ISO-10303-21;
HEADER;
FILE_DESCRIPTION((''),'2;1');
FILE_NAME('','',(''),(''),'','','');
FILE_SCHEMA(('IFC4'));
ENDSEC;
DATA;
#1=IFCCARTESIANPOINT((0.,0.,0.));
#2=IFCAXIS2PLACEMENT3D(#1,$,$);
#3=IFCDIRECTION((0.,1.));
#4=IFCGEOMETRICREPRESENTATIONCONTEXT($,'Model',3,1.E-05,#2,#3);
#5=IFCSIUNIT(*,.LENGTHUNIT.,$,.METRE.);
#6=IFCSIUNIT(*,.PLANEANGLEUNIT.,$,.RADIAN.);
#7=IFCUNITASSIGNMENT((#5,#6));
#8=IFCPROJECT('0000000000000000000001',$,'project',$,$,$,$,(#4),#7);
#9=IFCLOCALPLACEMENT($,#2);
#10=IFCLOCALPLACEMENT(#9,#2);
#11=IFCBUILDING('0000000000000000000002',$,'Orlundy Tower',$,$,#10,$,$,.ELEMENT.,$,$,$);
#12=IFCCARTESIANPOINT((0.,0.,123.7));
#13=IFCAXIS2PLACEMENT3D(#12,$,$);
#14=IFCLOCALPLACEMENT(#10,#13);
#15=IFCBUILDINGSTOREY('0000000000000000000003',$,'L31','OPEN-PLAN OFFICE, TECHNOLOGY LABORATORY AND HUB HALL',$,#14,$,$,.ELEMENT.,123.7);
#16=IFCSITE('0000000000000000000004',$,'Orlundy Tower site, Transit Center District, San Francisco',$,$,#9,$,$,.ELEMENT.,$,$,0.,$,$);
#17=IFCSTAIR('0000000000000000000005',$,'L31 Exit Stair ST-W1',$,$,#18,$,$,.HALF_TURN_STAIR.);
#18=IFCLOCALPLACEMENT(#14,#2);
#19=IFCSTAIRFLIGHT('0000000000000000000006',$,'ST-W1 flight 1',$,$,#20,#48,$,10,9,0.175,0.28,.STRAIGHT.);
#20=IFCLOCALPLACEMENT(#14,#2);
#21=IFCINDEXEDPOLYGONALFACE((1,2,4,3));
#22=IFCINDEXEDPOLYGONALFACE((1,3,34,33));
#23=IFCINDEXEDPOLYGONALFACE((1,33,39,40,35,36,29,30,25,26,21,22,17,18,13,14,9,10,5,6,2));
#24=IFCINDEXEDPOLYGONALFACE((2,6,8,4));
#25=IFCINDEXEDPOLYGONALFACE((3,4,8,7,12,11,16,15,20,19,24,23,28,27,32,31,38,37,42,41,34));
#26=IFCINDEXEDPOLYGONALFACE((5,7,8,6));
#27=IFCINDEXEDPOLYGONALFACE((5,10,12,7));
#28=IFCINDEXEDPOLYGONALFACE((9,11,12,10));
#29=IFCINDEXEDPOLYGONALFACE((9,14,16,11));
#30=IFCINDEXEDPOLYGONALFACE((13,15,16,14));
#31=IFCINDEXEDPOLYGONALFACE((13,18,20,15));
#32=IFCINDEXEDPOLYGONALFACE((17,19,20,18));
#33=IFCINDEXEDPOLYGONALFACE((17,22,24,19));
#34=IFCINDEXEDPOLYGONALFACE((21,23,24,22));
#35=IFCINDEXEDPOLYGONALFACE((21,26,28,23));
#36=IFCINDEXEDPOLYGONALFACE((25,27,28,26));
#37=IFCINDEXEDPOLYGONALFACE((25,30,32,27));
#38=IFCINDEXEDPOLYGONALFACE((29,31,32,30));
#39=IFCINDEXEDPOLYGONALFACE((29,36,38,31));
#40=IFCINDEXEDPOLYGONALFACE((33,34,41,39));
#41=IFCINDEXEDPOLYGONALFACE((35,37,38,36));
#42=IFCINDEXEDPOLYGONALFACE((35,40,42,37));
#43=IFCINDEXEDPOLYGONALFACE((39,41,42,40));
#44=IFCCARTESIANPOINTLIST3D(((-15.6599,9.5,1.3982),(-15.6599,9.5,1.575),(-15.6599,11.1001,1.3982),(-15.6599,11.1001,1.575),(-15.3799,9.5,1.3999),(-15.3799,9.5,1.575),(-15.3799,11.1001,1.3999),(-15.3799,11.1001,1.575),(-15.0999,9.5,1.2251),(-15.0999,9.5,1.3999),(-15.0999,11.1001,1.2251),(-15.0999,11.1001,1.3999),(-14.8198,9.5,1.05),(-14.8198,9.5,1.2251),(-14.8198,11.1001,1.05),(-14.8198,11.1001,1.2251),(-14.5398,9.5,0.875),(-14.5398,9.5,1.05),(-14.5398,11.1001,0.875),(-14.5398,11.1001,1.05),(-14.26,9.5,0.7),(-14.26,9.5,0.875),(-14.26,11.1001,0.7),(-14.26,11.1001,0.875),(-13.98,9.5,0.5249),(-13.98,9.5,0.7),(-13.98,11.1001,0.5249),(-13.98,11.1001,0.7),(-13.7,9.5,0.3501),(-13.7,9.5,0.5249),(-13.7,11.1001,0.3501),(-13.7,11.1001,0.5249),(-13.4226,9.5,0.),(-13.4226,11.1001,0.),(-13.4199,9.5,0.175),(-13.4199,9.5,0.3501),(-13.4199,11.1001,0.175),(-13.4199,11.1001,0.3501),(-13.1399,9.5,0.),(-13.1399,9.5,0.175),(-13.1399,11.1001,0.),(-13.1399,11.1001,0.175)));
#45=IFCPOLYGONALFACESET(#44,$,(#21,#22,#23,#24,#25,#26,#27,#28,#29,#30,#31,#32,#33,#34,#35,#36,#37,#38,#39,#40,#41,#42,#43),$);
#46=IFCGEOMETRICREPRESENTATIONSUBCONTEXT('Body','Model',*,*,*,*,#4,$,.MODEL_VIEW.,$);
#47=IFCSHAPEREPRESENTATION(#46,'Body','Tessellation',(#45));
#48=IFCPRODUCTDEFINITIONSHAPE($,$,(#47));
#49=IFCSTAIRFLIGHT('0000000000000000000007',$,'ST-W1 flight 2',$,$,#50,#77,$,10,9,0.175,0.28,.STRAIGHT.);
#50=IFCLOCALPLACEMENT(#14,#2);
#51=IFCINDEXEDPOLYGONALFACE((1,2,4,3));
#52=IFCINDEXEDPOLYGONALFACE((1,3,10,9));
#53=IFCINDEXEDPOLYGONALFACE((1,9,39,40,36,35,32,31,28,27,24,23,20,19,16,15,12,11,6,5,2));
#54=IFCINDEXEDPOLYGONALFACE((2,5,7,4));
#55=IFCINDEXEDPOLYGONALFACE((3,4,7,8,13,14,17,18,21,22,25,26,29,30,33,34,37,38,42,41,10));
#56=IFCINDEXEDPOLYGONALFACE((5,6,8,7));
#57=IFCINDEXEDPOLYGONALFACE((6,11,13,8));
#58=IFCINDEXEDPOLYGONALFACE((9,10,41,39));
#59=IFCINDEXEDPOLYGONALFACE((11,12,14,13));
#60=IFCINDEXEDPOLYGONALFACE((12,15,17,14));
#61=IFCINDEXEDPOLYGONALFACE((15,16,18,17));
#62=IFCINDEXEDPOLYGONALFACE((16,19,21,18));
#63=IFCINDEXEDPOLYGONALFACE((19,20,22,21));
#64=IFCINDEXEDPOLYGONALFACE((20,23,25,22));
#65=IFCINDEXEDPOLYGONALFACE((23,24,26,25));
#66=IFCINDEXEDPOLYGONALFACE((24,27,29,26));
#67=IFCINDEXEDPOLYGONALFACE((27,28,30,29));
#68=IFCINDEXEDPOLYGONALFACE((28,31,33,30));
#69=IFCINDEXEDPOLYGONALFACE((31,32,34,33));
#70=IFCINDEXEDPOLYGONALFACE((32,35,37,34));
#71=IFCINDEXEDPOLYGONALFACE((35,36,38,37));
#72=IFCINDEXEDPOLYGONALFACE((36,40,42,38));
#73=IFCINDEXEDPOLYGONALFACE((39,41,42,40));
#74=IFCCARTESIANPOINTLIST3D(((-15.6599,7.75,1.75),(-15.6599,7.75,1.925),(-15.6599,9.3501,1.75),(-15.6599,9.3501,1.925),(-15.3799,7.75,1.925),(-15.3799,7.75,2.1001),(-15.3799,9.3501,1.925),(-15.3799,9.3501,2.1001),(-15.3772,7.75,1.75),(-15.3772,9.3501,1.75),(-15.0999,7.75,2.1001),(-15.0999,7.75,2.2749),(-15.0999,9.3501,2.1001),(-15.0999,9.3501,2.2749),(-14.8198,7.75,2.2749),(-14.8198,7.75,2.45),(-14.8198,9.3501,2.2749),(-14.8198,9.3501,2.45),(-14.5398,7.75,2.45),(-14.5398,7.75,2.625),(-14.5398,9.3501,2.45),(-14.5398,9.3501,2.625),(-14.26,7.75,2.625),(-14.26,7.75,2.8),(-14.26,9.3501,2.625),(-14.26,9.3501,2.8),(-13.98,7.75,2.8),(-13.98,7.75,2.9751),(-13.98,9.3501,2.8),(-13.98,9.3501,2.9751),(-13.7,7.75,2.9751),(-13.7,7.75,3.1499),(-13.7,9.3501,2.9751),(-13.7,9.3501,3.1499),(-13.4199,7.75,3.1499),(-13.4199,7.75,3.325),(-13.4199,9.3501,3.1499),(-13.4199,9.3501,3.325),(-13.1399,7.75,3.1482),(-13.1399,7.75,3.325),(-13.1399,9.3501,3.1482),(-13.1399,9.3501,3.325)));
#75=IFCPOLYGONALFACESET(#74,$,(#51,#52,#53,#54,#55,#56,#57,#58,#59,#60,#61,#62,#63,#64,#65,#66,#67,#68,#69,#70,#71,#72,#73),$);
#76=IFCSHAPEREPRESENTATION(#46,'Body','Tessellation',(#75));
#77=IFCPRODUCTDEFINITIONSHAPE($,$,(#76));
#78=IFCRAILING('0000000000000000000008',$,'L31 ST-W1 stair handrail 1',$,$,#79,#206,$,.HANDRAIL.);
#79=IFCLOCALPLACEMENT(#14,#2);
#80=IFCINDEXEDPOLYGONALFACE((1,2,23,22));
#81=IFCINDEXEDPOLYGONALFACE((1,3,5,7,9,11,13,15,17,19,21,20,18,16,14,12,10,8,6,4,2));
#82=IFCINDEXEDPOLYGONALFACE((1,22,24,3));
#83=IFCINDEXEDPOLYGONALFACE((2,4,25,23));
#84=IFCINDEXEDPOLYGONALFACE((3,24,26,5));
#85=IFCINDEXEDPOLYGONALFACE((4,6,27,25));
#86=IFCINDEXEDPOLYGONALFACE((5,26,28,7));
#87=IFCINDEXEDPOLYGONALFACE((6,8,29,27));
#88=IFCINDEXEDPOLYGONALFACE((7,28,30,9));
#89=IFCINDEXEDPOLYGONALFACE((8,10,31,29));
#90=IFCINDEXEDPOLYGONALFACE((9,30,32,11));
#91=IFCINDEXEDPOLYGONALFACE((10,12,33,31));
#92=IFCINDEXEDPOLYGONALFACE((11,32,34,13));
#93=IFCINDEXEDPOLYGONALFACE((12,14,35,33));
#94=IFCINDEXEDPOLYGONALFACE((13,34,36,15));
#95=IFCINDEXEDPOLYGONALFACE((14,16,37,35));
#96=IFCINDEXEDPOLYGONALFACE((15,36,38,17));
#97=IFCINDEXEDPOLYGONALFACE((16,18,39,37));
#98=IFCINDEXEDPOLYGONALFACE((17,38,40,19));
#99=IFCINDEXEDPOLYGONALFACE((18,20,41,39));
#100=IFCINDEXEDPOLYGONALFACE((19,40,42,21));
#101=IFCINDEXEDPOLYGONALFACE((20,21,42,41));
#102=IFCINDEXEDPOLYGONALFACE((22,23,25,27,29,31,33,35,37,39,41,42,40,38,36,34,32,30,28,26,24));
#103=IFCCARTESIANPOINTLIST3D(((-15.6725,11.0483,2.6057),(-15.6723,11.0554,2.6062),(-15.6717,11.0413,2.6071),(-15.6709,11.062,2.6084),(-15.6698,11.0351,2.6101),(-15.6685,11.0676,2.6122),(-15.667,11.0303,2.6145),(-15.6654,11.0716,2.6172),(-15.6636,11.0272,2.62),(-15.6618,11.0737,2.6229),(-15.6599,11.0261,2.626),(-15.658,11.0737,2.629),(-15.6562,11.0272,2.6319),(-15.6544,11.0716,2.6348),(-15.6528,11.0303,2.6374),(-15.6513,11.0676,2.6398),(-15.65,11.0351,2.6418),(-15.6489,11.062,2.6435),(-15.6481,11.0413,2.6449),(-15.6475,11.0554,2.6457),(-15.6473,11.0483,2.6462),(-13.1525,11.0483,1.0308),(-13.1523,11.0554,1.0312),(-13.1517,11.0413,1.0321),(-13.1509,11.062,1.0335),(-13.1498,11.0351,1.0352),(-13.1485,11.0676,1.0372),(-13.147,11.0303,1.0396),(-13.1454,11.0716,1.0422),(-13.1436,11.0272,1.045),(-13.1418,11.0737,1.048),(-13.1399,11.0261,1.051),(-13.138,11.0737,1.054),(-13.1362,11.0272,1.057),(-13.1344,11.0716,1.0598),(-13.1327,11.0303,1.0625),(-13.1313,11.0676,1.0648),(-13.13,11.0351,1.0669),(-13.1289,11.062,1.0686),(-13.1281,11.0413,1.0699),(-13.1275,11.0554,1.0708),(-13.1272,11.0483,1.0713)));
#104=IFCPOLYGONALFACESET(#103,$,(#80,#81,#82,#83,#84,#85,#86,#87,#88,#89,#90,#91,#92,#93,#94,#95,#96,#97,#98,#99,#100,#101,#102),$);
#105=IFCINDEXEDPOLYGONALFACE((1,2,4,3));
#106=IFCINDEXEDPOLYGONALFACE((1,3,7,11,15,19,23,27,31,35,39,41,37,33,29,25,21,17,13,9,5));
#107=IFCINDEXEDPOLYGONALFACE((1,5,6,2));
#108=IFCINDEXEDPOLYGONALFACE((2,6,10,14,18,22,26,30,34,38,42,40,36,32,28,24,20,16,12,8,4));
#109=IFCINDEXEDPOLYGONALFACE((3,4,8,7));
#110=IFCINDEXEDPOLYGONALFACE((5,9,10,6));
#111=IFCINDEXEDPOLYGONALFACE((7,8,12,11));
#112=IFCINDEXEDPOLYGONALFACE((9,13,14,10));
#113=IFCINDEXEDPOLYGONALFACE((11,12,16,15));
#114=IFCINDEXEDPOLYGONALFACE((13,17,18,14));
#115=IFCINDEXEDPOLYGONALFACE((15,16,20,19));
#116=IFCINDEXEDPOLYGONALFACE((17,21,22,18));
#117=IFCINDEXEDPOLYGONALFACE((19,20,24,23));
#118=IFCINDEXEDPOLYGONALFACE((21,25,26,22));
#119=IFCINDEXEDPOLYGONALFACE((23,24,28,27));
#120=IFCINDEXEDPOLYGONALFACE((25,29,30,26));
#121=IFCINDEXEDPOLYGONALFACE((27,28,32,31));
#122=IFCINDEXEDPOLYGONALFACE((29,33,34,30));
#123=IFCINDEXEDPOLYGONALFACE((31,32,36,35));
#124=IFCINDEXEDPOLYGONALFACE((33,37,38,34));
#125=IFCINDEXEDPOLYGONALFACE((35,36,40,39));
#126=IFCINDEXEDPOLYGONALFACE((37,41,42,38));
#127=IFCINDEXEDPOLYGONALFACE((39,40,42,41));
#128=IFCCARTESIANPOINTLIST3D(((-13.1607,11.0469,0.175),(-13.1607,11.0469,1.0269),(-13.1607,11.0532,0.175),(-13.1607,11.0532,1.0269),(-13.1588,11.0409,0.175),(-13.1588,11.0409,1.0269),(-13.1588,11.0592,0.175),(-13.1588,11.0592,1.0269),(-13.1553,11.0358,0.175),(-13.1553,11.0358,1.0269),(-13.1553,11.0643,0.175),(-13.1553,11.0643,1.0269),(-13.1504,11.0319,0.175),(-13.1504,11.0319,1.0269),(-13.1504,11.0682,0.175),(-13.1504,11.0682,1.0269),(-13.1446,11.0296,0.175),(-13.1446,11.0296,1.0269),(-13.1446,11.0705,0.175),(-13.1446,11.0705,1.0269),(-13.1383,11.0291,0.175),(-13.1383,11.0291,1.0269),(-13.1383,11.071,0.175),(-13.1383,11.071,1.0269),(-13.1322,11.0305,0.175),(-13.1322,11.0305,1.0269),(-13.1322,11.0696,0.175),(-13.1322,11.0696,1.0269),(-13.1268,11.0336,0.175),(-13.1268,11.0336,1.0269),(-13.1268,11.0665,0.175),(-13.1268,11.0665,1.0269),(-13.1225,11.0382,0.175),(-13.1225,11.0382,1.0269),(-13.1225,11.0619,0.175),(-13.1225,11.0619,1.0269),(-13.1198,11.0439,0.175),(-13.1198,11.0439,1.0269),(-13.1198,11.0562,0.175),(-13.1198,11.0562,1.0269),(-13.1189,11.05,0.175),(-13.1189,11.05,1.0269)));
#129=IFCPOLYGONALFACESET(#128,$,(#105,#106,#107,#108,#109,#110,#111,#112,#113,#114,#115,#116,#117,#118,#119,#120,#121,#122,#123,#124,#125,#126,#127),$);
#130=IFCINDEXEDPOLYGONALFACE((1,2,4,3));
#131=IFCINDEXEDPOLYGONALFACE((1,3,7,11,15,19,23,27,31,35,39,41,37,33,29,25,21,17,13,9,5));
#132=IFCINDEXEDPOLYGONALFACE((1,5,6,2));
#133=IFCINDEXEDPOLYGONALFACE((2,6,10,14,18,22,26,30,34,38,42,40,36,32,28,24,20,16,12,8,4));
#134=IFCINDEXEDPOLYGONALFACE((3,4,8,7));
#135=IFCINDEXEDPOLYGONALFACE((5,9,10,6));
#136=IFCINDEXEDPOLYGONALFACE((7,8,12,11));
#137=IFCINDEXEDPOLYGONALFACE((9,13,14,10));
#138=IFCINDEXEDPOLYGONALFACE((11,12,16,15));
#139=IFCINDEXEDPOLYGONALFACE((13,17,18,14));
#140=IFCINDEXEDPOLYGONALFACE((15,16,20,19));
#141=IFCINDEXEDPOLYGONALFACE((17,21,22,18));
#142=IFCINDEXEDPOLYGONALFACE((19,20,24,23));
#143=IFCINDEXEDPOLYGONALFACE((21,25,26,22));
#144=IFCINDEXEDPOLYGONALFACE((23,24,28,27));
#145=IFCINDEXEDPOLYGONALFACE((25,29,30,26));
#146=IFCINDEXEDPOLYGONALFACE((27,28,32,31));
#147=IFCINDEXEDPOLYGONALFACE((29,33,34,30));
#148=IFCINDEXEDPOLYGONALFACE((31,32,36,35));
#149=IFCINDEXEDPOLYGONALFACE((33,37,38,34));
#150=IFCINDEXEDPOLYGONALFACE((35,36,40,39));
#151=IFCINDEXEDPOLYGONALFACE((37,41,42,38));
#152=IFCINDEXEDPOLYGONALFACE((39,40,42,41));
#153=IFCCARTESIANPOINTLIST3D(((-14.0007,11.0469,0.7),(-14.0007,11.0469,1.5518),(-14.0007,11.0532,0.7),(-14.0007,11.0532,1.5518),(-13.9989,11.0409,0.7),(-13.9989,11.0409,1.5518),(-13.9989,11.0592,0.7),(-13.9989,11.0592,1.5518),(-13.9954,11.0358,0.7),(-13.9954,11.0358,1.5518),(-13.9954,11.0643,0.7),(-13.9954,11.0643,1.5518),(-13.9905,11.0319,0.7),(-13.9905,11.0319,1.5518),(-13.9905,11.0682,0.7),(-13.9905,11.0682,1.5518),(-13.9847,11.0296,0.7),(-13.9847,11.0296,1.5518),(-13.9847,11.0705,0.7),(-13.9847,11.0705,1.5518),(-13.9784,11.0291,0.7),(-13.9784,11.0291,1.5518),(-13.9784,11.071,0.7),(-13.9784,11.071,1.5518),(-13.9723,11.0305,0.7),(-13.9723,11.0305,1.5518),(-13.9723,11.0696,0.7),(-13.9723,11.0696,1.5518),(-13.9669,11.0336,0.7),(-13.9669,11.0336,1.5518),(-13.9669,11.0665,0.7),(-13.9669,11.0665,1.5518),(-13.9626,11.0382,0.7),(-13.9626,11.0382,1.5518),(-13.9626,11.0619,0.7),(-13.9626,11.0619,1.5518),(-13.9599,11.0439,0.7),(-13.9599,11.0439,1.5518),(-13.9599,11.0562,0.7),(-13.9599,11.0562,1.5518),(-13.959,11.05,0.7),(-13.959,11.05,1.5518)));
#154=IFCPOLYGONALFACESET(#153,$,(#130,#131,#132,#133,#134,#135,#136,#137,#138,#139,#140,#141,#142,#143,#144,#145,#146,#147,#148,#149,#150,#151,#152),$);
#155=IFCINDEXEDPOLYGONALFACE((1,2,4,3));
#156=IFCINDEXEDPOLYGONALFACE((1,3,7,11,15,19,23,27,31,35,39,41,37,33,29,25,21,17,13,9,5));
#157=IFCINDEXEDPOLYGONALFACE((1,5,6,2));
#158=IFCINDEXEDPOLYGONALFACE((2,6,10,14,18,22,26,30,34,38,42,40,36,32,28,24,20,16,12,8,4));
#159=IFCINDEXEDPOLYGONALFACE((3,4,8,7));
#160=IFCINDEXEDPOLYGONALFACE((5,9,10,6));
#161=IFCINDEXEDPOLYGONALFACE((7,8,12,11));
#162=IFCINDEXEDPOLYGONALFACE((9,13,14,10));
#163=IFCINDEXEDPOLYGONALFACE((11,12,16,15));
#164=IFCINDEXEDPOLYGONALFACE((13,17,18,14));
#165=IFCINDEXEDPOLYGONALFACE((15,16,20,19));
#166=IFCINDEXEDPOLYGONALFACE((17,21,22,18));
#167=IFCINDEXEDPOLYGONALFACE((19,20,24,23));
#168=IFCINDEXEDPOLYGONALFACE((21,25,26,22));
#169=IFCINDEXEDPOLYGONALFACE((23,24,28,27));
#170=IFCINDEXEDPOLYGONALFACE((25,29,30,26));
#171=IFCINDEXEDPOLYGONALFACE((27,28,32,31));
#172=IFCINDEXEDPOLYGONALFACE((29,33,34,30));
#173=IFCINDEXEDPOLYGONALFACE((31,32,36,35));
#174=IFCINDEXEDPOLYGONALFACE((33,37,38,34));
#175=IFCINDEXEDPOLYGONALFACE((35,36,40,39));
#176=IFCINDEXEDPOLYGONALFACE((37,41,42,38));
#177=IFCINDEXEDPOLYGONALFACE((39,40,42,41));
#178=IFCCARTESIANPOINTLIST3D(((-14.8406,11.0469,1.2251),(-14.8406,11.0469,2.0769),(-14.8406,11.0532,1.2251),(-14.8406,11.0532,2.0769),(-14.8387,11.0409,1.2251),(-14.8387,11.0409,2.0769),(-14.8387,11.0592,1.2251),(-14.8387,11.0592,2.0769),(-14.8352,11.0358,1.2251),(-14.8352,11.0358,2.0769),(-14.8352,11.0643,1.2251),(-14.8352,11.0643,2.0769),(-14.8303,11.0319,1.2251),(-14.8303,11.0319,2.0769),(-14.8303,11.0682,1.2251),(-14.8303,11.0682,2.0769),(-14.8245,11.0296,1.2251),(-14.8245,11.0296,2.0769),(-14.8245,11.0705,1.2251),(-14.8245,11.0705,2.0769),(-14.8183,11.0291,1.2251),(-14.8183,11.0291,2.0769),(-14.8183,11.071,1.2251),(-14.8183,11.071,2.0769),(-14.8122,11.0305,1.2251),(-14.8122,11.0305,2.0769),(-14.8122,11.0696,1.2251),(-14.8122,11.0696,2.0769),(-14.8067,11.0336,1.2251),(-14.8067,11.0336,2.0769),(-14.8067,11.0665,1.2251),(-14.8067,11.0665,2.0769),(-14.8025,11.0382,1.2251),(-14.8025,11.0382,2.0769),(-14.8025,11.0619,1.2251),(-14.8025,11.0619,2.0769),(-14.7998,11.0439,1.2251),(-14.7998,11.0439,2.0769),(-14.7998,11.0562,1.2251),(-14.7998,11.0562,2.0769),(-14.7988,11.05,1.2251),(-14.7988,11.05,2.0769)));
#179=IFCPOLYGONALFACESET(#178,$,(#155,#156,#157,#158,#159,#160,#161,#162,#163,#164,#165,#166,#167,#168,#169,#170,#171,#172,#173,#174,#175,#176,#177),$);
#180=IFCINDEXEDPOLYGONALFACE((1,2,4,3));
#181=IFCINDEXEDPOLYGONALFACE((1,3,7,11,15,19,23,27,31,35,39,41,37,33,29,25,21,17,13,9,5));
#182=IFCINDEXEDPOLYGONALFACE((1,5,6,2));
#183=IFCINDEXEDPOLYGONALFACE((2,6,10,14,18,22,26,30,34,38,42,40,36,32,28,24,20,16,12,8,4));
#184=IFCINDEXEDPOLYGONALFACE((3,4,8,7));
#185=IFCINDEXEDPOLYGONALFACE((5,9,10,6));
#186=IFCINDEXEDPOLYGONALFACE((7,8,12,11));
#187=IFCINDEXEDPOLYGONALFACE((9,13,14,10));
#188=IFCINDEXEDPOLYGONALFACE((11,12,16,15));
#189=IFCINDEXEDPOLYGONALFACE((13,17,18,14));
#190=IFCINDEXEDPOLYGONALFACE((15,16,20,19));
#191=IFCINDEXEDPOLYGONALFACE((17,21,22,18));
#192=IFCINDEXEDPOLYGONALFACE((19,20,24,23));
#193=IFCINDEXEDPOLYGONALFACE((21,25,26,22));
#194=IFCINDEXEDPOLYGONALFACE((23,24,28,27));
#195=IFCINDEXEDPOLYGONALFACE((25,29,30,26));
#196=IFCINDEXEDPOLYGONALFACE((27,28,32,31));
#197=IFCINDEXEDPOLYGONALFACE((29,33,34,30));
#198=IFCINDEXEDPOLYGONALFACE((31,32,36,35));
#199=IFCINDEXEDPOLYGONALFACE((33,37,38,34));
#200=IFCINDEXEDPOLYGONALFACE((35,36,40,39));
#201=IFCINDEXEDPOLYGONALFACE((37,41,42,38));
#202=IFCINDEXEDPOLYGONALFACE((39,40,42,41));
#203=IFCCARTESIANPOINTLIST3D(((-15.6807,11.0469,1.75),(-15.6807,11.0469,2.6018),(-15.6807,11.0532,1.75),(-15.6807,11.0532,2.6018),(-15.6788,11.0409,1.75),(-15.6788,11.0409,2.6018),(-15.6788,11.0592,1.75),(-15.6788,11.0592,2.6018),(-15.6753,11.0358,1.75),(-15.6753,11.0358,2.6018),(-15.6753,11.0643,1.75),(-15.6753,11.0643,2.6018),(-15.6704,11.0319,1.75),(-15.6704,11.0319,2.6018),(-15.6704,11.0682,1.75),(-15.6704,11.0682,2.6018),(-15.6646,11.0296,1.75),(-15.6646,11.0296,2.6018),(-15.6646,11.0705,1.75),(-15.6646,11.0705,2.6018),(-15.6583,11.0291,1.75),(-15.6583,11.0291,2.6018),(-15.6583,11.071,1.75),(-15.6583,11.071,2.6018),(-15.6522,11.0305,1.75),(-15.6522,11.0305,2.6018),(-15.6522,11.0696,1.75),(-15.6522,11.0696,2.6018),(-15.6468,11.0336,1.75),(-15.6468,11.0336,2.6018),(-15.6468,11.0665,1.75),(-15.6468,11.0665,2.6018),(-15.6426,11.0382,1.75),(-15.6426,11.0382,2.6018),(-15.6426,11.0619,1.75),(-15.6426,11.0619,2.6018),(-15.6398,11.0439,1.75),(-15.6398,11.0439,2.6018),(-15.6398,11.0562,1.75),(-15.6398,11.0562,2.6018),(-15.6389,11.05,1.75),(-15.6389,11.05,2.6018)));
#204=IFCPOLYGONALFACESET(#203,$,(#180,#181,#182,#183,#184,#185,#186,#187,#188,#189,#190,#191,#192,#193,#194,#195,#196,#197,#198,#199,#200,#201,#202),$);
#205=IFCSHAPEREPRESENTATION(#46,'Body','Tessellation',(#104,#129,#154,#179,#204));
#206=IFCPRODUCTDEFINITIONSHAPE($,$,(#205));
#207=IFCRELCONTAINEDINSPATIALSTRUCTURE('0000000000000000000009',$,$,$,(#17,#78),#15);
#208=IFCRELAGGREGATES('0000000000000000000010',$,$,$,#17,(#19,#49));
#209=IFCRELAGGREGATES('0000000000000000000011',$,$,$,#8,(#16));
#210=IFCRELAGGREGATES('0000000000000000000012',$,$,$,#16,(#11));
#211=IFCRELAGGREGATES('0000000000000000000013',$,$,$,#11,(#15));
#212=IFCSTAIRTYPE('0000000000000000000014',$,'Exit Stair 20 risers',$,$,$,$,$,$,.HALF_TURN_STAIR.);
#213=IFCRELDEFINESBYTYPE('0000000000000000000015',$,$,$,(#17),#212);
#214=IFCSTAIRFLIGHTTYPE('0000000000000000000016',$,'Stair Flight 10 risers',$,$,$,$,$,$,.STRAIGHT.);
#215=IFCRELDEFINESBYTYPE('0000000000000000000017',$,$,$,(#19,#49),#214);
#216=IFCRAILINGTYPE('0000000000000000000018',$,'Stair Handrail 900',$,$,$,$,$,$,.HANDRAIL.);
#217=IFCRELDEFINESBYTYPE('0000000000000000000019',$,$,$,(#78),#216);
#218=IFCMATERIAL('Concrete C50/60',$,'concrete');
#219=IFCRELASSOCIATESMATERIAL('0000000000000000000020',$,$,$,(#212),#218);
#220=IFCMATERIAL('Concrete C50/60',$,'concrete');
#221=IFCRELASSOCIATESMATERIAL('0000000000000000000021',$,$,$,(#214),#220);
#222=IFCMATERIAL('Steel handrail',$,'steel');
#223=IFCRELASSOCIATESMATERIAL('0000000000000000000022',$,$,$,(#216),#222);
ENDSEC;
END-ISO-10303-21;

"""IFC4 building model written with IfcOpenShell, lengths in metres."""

from ifc_helpers import new_model, si_unit, direction, frame, origin, origin_2d, place, context, subcontext, project, spatial, polyline, circle, outline, extrude, material, type_object, element, aggregate, save


model = new_model("IFC4")

# Units and contexts
model_context = context("Model", 3, precision=1e-05, world=origin(), true_north=direction((0.0, 1.0)))
body_context = subcontext(model_context, "Body", "Model", "MODEL_VIEW")
ifc_project = project(units=[si_unit("LENGTHUNIT", "METRE"), si_unit("PLANEANGLEUNIT", "RADIAN")], contexts=[model_context])

# Site, building, storey
site_placement = place(None, origin())
site = spatial("IfcSite", under=ifc_project, at=site_placement, Name="Orlundy Tower site, Transit Center District, San Francisco", CompositionType="ELEMENT", RefElevation=0.0)
building_placement = place(site_placement, origin())
building = spatial("IfcBuilding", under=site, at=building_placement, Name="Orlundy Tower", CompositionType="ELEMENT")
storey_placement = place(building_placement, frame((0.0, 0.0, 123.7)))
storey = spatial("IfcBuildingStorey", under=building, at=storey_placement, Name="L31", Description="OPEN-PLAN OFFICE, TECHNOLOGY LABORATORY AND HUB HALL", CompositionType="ELEMENT", Elevation=123.7)

# Stair, stair flights
ifc_material_1 = material(Name="Concrete C50/60", Category="concrete")
stair_type = type_object("IfcStairType", Name="Exit Stair 20 risers", PredefinedType="HALF_TURN_STAIR", material=ifc_material_1)
stair_placement = place(storey_placement, origin())
stair = element("IfcStair", 1, at=stair_placement, inside=storey, type_object=stair_type, Name="L31 Exit Stair ST-W1", PredefinedType="HALF_TURN_STAIR")
ifc_material_2 = material(Name="Concrete C50/60", Category="concrete")
stair_flight_type = type_object("IfcStairFlightType", Name="Stair Flight 10 risers", PredefinedType="STRAIGHT", material=ifc_material_2)
stair_flight_1_placement = place(storey_placement, frame((-13.1399, 10.3, 0.0), z_axis=(0.0, 0.0, 1.0), x_axis=(-1.0, 0.0, 0.0)))
stair_flight_1 = element("IfcStairFlight", 2, at=stair_flight_1_placement, type_object=stair_flight_type, Name="ST-W1 flight 1", NumberOfRisers=10, NumberOfTreads=9, PredefinedType="STRAIGHT", RiserHeight=0.175, TreadLength=0.28, context=body_context, shape_type="SweptSolid", body=[
    extrude(outline(polyline([(0.0, 0.0), (0.0, 0.175), (0.28, 0.175), (0.28, 0.3501), (0.5601, 0.3501), (0.5601, 0.5249), (0.8401, 0.5249), (0.8401, 0.7), (1.1201, 0.7), (1.1201, 0.875), (1.3999, 0.875), (1.3999, 1.05), (1.6799, 1.05), (1.6799, 1.2251), (1.96, 1.2251), (1.96, 1.3999), (2.24, 1.3999), (2.24, 1.575), (2.52, 1.575), (2.52, 1.75), (2.52, 1.3982), (0.2827, 0.0), (0.0, 0.0)])), frame((0.0, 0.8, 0.0), z_axis=(0.0, -1.0, 0.0), x_axis=(1.0, 0.0, 0.0)), (0.0, 0.0, 1.0), 1.6001),
])
stair_flight_2_placement = place(storey_placement, frame((-15.6599, 8.55, 1.75), z_axis=(0.0, 0.0, 1.0), x_axis=(1.0, 0.0, 0.0)))
stair_flight_2 = element("IfcStairFlight", 3, at=stair_flight_2_placement, type_object=stair_flight_type, Name="ST-W1 flight 2", NumberOfRisers=10, NumberOfTreads=9, PredefinedType="STRAIGHT", RiserHeight=0.175, TreadLength=0.28, context=body_context, shape_type="SweptSolid", body=[
    extrude(outline(polyline([(0.0, 0.0), (0.0, 0.175), (0.28, 0.175), (0.28, 0.3501), (0.5601, 0.3501), (0.5601, 0.5249), (0.8401, 0.5249), (0.8401, 0.7), (1.1201, 0.7), (1.1201, 0.875), (1.3999, 0.875), (1.3999, 1.05), (1.6799, 1.05), (1.6799, 1.2251), (1.96, 1.2251), (1.96, 1.3999), (2.24, 1.3999), (2.24, 1.575), (2.52, 1.575), (2.52, 1.75), (2.52, 1.3982), (0.2827, 0.0), (0.0, 0.0)])), frame((0.0, 0.8, 0.0), z_axis=(0.0, -1.0, 0.0), x_axis=(1.0, 0.0, 0.0)), (0.0, 0.0, 1.0), 1.6001),
])
aggregate(stair, [stair_flight_1, stair_flight_2])

# Railing
ifc_material_3 = material(Name="Steel handrail", Category="steel")
railing_type_1 = type_object("IfcRailingType", Name="Stair Handrail 900", PredefinedType="HANDRAIL", material=ifc_material_3)
railing_1_placement = place(storey_placement, frame((-13.1399, 11.05, 0.175)))
element("IfcRailing", 4, at=railing_1_placement, inside=storey, type_object=railing_type_1, Name="L31 ST-W1 stair handrail 1", PredefinedType="HANDRAIL", context=body_context, shape_type="SweptSolid", body=[
    extrude(circle(Radius=0.0239, at=origin_2d()), frame((0.0, 0.0, 0.876), z_axis=(-0.848008, 0.0, 0.529984), x_axis=(0.0, -1.0, 0.0)), (0.0, 0.0, 1.0), 2.9717),
    extrude(circle(Radius=0.021, at=origin_2d()), origin(), (0.0, 0.0, 1.0), 0.8518),
    extrude(circle(Radius=0.021, at=origin_2d()), frame((-0.8401, 0.0, 0.5249)), (0.0, 0.0, 1.0), 0.8518),
    extrude(circle(Radius=0.021, at=origin_2d()), frame((-1.6799, 0.0, 1.05)), (0.0, 0.0, 1.0), 0.8518),
    extrude(circle(Radius=0.021, at=origin_2d()), frame((-2.52, 0.0, 1.575)), (0.0, 0.0, 1.0), 0.8518),
])

save(model, "model.ifc")
